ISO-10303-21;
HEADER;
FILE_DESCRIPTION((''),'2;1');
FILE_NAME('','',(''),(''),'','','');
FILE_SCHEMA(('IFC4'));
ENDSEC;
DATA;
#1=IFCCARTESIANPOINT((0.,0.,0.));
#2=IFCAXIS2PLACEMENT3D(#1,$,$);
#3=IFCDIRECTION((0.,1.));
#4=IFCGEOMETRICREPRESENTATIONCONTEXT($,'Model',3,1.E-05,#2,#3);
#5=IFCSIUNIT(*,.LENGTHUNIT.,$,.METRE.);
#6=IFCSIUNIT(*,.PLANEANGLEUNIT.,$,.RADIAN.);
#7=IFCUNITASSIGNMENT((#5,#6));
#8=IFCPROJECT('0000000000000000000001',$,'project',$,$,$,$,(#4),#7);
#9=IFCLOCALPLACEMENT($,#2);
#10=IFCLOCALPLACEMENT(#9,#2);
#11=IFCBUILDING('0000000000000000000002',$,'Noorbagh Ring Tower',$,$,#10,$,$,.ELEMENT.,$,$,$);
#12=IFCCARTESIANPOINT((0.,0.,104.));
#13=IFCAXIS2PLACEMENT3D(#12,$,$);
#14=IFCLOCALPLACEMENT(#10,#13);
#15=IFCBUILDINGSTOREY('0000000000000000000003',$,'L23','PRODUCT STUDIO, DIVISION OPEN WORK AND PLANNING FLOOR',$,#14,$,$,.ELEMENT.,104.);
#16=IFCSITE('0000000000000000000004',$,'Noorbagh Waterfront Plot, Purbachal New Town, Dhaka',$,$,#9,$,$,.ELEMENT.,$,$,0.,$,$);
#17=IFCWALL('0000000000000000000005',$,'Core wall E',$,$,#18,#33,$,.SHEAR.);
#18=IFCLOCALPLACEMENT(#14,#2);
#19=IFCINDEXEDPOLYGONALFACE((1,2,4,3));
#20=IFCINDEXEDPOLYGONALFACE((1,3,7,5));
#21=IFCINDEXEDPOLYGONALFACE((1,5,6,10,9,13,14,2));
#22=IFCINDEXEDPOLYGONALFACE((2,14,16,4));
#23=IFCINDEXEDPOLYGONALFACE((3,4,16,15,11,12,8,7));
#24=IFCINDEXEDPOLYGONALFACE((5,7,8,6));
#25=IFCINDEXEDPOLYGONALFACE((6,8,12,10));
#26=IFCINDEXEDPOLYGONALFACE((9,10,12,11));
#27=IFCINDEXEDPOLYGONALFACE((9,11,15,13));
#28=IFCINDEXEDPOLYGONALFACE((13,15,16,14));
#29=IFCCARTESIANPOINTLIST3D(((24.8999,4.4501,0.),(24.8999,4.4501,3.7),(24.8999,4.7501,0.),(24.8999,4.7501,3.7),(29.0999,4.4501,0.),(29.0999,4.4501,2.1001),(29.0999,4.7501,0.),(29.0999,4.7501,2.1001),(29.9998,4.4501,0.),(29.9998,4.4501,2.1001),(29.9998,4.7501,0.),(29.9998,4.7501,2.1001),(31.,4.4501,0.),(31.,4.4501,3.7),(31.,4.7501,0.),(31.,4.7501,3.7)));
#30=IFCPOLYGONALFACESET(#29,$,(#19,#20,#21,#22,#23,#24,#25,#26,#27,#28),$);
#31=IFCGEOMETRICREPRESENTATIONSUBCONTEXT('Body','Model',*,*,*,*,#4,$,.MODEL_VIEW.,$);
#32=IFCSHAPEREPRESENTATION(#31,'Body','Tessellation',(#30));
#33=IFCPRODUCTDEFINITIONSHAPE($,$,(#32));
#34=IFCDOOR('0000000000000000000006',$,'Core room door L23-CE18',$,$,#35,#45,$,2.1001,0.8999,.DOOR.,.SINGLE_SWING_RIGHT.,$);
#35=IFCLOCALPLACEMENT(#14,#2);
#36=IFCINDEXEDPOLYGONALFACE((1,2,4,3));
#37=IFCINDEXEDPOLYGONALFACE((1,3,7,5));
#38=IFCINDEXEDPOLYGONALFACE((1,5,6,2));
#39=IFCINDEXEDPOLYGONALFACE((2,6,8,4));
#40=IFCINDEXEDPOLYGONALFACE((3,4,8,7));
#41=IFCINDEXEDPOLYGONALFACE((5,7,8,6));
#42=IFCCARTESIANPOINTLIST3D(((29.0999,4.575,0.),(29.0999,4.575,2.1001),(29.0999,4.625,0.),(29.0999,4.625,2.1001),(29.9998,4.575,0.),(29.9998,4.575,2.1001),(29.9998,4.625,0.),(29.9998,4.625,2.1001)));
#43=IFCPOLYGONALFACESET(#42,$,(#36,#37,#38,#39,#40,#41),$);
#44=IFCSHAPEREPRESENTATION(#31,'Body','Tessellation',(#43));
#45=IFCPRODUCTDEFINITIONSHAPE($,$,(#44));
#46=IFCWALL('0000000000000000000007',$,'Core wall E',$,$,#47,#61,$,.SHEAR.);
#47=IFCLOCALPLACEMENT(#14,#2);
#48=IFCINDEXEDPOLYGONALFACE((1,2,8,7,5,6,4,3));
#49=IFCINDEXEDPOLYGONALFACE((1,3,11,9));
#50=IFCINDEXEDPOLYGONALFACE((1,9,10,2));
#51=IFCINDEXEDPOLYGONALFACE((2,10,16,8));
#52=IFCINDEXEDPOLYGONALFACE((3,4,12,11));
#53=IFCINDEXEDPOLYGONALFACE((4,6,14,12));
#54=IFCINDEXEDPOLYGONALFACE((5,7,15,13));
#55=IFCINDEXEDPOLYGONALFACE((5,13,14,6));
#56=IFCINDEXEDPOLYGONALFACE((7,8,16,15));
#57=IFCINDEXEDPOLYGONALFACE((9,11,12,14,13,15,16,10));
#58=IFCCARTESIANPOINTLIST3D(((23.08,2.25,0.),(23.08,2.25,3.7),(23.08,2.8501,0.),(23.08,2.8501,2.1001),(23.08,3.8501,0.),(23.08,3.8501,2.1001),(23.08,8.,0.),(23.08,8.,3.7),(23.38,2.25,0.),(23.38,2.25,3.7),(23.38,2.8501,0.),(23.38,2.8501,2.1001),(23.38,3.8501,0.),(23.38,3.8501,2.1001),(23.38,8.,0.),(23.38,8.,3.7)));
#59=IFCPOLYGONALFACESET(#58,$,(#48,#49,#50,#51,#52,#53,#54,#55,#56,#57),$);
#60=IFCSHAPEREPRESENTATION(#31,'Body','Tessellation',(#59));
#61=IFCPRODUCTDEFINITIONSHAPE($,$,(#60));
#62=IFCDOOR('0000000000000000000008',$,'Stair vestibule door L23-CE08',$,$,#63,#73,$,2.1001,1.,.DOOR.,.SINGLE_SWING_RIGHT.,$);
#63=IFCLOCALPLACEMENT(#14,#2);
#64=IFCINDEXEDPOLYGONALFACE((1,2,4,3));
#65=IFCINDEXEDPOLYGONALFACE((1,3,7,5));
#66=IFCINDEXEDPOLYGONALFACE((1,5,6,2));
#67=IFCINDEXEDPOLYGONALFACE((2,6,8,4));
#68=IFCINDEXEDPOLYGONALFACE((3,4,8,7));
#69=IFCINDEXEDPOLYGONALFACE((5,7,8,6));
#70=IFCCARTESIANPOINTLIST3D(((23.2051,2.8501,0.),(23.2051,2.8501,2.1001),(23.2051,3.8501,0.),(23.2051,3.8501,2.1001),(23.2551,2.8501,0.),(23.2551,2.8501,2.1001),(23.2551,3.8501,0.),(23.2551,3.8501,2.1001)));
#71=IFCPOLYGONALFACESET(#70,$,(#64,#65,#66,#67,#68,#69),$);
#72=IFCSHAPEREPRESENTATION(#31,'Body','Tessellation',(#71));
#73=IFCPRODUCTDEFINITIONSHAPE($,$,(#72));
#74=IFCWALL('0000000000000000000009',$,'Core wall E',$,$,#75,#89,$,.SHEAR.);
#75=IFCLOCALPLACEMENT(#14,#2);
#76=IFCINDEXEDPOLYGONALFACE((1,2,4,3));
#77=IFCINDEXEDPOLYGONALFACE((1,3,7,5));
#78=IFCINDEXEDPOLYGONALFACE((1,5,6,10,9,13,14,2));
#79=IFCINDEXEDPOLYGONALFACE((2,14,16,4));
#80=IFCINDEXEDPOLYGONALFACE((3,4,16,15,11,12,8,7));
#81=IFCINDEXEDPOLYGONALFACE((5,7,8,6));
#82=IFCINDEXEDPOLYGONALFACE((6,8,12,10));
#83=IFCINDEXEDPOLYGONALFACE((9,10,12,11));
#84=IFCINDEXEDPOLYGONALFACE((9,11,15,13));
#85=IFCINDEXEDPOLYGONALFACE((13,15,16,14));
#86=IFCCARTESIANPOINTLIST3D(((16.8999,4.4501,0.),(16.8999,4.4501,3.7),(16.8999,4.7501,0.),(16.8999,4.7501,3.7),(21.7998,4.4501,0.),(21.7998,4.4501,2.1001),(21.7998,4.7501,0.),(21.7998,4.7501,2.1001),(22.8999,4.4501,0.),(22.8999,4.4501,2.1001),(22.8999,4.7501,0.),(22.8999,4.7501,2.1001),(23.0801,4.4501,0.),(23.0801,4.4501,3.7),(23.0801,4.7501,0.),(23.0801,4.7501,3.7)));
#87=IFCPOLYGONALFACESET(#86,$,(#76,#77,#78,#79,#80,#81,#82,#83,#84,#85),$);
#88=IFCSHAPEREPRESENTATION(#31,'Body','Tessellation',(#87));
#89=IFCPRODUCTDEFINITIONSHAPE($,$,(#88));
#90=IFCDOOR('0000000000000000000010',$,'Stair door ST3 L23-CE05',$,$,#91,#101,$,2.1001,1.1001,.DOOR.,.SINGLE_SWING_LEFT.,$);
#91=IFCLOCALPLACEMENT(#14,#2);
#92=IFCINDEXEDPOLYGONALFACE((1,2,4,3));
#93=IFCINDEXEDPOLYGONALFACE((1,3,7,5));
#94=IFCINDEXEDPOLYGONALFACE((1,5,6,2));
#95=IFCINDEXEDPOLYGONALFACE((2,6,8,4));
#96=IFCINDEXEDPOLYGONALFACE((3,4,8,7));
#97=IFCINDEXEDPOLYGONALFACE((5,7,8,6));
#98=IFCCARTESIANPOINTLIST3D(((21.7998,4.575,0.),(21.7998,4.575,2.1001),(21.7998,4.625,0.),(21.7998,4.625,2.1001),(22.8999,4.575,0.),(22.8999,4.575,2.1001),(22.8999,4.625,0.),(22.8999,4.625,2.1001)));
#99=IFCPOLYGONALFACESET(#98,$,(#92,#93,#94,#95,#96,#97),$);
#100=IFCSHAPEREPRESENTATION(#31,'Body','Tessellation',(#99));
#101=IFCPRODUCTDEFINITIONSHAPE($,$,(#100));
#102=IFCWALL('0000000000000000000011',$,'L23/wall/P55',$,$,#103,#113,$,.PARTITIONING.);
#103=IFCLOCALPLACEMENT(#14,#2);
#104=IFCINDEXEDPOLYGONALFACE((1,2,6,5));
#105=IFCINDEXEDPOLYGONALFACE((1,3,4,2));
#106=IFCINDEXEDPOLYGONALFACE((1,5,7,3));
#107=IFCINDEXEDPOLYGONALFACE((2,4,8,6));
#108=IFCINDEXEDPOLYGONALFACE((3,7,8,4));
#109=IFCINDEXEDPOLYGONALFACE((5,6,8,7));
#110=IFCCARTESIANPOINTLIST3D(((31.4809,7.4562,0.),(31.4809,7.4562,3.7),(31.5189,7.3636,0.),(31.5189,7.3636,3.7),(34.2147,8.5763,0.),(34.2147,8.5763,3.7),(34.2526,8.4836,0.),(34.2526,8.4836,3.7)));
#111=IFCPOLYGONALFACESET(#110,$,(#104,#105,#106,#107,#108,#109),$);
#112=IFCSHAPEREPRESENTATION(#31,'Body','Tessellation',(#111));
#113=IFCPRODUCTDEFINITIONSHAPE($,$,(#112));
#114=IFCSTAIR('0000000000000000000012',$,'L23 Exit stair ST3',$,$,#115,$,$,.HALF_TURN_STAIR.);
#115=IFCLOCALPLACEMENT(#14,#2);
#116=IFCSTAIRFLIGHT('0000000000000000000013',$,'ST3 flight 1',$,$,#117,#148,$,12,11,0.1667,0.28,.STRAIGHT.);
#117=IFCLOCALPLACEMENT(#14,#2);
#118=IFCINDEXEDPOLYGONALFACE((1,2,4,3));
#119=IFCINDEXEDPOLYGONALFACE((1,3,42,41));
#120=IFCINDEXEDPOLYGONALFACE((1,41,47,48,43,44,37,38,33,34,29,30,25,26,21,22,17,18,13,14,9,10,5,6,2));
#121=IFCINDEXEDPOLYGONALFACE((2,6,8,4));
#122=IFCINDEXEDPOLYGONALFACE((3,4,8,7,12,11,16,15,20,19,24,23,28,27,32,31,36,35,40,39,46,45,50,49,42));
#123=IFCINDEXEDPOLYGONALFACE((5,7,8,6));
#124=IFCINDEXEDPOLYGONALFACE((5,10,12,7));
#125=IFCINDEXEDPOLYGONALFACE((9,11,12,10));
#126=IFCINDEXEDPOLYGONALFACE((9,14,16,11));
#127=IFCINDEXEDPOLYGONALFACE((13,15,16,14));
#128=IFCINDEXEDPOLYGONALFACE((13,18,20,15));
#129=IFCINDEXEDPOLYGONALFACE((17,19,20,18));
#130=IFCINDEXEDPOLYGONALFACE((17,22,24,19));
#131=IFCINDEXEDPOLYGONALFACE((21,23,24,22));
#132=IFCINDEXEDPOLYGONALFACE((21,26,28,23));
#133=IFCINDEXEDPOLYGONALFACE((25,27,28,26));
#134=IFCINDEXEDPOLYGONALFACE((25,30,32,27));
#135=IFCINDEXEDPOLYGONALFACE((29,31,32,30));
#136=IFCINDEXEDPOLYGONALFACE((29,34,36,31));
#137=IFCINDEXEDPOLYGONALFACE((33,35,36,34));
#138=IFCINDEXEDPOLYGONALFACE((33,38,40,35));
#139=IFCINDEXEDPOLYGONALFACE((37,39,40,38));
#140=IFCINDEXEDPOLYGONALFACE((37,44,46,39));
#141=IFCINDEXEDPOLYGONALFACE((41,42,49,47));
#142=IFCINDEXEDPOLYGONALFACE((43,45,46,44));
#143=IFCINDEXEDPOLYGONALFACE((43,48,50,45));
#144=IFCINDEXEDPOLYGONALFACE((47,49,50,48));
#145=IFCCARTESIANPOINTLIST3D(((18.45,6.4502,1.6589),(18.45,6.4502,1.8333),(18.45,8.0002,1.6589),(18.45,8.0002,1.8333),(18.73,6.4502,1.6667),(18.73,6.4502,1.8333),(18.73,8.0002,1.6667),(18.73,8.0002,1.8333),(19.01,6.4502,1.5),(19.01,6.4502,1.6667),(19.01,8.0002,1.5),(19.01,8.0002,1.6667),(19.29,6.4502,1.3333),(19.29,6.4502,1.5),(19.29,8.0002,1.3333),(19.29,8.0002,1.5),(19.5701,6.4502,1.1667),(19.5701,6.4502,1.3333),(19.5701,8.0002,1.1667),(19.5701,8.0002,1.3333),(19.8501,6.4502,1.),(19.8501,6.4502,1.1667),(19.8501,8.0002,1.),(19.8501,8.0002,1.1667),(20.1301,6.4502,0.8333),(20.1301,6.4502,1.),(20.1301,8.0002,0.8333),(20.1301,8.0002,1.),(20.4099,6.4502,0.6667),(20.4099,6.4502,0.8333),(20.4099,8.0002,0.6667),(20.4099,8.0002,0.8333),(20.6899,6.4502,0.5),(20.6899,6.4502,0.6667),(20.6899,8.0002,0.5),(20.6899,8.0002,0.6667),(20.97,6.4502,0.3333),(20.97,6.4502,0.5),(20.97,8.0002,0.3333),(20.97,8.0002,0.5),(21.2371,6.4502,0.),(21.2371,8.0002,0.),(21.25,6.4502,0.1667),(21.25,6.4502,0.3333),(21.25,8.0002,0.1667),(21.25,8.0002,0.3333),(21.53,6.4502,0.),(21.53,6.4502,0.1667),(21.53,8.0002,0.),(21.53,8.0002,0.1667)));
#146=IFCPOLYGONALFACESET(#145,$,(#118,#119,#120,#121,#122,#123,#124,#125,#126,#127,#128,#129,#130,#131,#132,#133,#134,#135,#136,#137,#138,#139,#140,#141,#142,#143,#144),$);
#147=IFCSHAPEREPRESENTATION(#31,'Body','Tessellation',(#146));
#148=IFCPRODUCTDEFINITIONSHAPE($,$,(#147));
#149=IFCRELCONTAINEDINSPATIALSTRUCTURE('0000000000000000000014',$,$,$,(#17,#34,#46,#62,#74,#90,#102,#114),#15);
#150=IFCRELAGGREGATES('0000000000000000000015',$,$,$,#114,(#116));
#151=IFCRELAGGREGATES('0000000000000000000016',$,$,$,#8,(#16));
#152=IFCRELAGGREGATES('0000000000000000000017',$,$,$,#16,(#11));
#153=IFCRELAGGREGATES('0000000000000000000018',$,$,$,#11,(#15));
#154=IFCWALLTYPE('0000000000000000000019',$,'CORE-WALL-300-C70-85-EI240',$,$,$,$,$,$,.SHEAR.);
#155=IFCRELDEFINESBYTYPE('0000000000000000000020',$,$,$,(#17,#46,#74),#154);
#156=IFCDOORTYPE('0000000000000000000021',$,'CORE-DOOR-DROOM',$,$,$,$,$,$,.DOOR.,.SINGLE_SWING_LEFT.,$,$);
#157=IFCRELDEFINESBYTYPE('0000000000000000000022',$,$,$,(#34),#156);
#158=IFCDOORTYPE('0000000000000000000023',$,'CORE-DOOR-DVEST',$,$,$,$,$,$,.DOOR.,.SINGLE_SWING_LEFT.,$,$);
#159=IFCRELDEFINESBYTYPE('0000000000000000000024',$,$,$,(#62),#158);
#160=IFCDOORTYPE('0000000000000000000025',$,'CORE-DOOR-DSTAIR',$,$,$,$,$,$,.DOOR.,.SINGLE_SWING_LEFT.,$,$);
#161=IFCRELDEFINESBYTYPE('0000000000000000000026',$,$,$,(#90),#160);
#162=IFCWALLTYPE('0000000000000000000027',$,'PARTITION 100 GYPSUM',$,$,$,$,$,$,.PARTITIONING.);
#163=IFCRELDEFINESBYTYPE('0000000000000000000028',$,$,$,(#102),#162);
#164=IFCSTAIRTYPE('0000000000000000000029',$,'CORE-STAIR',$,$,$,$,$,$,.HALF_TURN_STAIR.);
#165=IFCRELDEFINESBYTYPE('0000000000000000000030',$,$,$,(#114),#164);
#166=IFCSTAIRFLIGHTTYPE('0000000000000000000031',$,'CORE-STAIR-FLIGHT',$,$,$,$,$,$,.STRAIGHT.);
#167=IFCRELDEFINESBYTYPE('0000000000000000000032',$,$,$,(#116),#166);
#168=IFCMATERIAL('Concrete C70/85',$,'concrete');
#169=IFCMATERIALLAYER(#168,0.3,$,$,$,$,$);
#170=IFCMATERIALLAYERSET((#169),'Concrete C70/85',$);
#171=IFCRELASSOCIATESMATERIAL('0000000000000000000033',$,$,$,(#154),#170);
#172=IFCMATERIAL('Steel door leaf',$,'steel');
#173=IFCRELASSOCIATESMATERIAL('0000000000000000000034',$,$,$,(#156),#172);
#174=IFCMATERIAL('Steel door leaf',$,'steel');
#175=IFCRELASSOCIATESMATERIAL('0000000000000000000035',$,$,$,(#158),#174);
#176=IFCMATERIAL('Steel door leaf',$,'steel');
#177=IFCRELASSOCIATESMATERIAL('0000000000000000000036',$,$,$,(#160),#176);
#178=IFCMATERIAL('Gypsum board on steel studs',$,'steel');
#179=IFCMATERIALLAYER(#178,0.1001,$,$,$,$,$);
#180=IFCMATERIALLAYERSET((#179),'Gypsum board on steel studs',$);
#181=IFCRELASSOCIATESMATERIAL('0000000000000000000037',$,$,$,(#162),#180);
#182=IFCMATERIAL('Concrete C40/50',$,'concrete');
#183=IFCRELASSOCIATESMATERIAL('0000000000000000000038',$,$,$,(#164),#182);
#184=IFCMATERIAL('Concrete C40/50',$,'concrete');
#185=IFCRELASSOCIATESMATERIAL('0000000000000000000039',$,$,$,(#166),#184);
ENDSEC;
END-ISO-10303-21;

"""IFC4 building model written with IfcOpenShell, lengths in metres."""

from ifc_helpers import new_model, si_unit, direction, frame, frame_2d, origin, place, context, subcontext, project, spatial, polyline, rectangle, outline, extrude, material, layer, layer_set, type_object, element, fill, aggregate, save


model = new_model("IFC4")

# Units and contexts
model_context = context("Model", 3, precision=1e-05, world=origin(), true_north=direction((0.0, 1.0)))
body_context = subcontext(model_context, "Body", "Model", "MODEL_VIEW")
ifc_project = project(units=[si_unit("LENGTHUNIT", "METRE"), si_unit("PLANEANGLEUNIT", "RADIAN")], contexts=[model_context])

# Site, building, storey
site_placement = place(None, origin())
site = spatial("IfcSite", under=ifc_project, at=site_placement, Name="Noorbagh Waterfront Plot, Purbachal New Town, Dhaka", CompositionType="ELEMENT", RefElevation=0.0)
building_placement = place(site_placement, origin())
building = spatial("IfcBuilding", under=site, at=building_placement, Name="Noorbagh Ring Tower", CompositionType="ELEMENT")
storey_placement = place(building_placement, frame((0.0, 0.0, 104.0)))
storey = spatial("IfcBuildingStorey", under=building, at=storey_placement, Name="L23", Description="PRODUCT STUDIO, DIVISION OPEN WORK AND PLANNING FLOOR", CompositionType="ELEMENT", Elevation=104.0)

# Walls, openings, doors
ifc_material_1 = material(Name="Concrete C70/85", Category="concrete")
ifc_layer_1 = layer(ifc_material_1, 0.3)
ifc_layer_set_1 = layer_set([ifc_layer_1], Name="Concrete C70/85")
wall_type_1 = type_object("IfcWallType", Name="CORE-WALL-300-C70-85-EI240", PredefinedType="SHEAR", material=ifc_layer_set_1)
wall_1_placement = place(storey_placement, frame((24.8999, 4.6001, 0.0), z_axis=(0.0, 0.0, 1.0), x_axis=(1.0, 0.0, 0.0)))
wall_1 = element("IfcWall", 1, at=wall_1_placement, inside=storey, type_object=wall_type_1, Name="Core wall E", PredefinedType="SHEAR", context=body_context, shape_type="SweptSolid", body=[
    extrude(rectangle(XDim=6.1001, YDim=0.3, at=frame_2d((3.05, 0.0))), origin(), (0.0, 0.0, 1.0), 3.7),
])
opening_1_placement = place(wall_1_placement, frame((4.2, 0.0, 0.0)))
opening_1 = element("IfcOpeningElement", 2, at=opening_1_placement, cuts=wall_1, PredefinedType="OPENING", context=body_context, shape_type="SweptSolid", body=[
    extrude(rectangle(XDim=0.8999, YDim=2.1001, at=frame_2d((0.45, 1.05))), frame((0.0, 0.1602, 0.0), z_axis=(0.0, -1.0, 0.0), x_axis=(1.0, 0.0, 0.0)), (0.0, 0.0, 1.0), 0.3201),
])
ifc_material_2 = material(Name="Steel door leaf", Category="steel")
door_type_1 = type_object("IfcDoorType", Name="CORE-DOOR-DROOM", OperationType="SINGLE_SWING_LEFT", PredefinedType="DOOR", material=ifc_material_2)
door_1_placement = place(opening_1_placement, origin())
door_1 = element("IfcDoor", 3, at=door_1_placement, inside=storey, type_object=door_type_1, Name="Core room door L23-CE18", OperationType="SINGLE_SWING_RIGHT", OverallHeight=2.1001, OverallWidth=0.8999, PredefinedType="DOOR", context=body_context, shape_type="SweptSolid", body=[
    extrude(rectangle(XDim=0.8999, YDim=2.1001, at=frame_2d((0.45, 1.05))), frame((0.0, 0.0249, 0.0), z_axis=(0.0, -1.0, 0.0), x_axis=(1.0, 0.0, 0.0)), (0.0, 0.0, 1.0), 0.05),
])
fill(opening_1, door_1)
wall_2_placement = place(storey_placement, frame((23.23, 2.25, 0.0), z_axis=(0.0, 0.0, 1.0), x_axis=(0.0, 1.0, 0.0)))
wall_2 = element("IfcWall", 4, at=wall_2_placement, inside=storey, type_object=wall_type_1, Name="Core wall E", PredefinedType="SHEAR", context=body_context, shape_type="SweptSolid", body=[
    extrude(rectangle(XDim=5.75, YDim=0.3, at=frame_2d((2.875, 0.0))), origin(), (0.0, 0.0, 1.0), 3.7),
])
opening_2_placement = place(wall_2_placement, frame((0.6001, 0.0, 0.0)))
opening_2 = element("IfcOpeningElement", 5, at=opening_2_placement, cuts=wall_2, PredefinedType="OPENING", context=body_context, shape_type="SweptSolid", body=[
    extrude(rectangle(XDim=1.0, YDim=2.1001, at=frame_2d((0.5, 1.05))), frame((0.0, 0.1602, 0.0), z_axis=(0.0, -1.0, 0.0), x_axis=(1.0, 0.0, 0.0)), (0.0, 0.0, 1.0), 0.3201),
])
ifc_material_3 = material(Name="Steel door leaf", Category="steel")
door_type_2 = type_object("IfcDoorType", Name="CORE-DOOR-DVEST", OperationType="SINGLE_SWING_LEFT", PredefinedType="DOOR", material=ifc_material_3)
door_2_placement = place(opening_2_placement, origin())
door_2 = element("IfcDoor", 6, at=door_2_placement, inside=storey, type_object=door_type_2, Name="Stair vestibule door L23-CE08", OperationType="SINGLE_SWING_RIGHT", OverallHeight=2.1001, OverallWidth=1.0, PredefinedType="DOOR", context=body_context, shape_type="SweptSolid", body=[
    extrude(rectangle(XDim=1.0, YDim=2.1001, at=frame_2d((0.5, 1.05))), frame((0.0, 0.0249, 0.0), z_axis=(0.0, -1.0, 0.0), x_axis=(1.0, 0.0, 0.0)), (0.0, 0.0, 1.0), 0.05),
])
fill(opening_2, door_2)
wall_3_placement = place(storey_placement, frame((16.8999, 4.6001, 0.0), z_axis=(0.0, 0.0, 1.0), x_axis=(1.0, 0.0, 0.0)))
wall_3 = element("IfcWall", 7, at=wall_3_placement, inside=storey, type_object=wall_type_1, Name="Core wall E", PredefinedType="SHEAR", context=body_context, shape_type="SweptSolid", body=[
    extrude(rectangle(XDim=6.1802, YDim=0.3, at=frame_2d((3.0901, 0.0))), origin(), (0.0, 0.0, 1.0), 3.7),
])
opening_3_placement = place(wall_3_placement, frame((4.8999, 0.0, 0.0)))
opening_3 = element("IfcOpeningElement", 8, at=opening_3_placement, cuts=wall_3, PredefinedType="OPENING", context=body_context, shape_type="SweptSolid", body=[
    extrude(rectangle(XDim=1.1001, YDim=2.1001, at=frame_2d((0.55, 1.05))), frame((0.0, 0.1602, 0.0), z_axis=(0.0, -1.0, 0.0), x_axis=(1.0, 0.0, 0.0)), (0.0, 0.0, 1.0), 0.3201),
])
ifc_material_4 = material(Name="Steel door leaf", Category="steel")
door_type_3 = type_object("IfcDoorType", Name="CORE-DOOR-DSTAIR", OperationType="SINGLE_SWING_LEFT", PredefinedType="DOOR", material=ifc_material_4)
door_3_placement = place(opening_3_placement, origin())
door_3 = element("IfcDoor", 9, at=door_3_placement, inside=storey, type_object=door_type_3, Name="Stair door ST3 L23-CE05", OperationType="SINGLE_SWING_LEFT", OverallHeight=2.1001, OverallWidth=1.1001, PredefinedType="DOOR", context=body_context, shape_type="SweptSolid", body=[
    extrude(rectangle(XDim=1.1001, YDim=2.1001, at=frame_2d((0.55, 1.05))), frame((0.0, 0.0249, 0.0), z_axis=(0.0, -1.0, 0.0), x_axis=(1.0, 0.0, 0.0)), (0.0, 0.0, 1.0), 0.05),
])
fill(opening_3, door_3)

# Wall
ifc_material_5 = material(Name="Gypsum board on steel studs", Category="steel")
ifc_layer_2 = layer(ifc_material_5, 0.1001)
ifc_layer_set_2 = layer_set([ifc_layer_2], Name="Gypsum board on steel studs")
wall_type_2 = type_object("IfcWallType", Name="PARTITION 100 GYPSUM", PredefinedType="PARTITIONING", material=ifc_layer_set_2)
wall_4_placement = place(storey_placement, frame((31.5, 7.4099, 0.0), z_axis=(0.0, 0.0, 1.0), x_axis=(0.925344, 0.379128, 0.0)))
element("IfcWall", 10, at=wall_4_placement, inside=storey, type_object=wall_type_2, Name="L23/wall/P55", PredefinedType="PARTITIONING", context=body_context, shape_type="SweptSolid", body=[
    extrude(rectangle(XDim=2.9543, YDim=0.1001, at=frame_2d((1.4771, 0.0))), origin(), (0.0, 0.0, 1.0), 3.7),
])

# Stair, stair flight
ifc_material_6 = material(Name="Concrete C40/50", Category="concrete")
stair_type = type_object("IfcStairType", Name="CORE-STAIR", PredefinedType="HALF_TURN_STAIR", material=ifc_material_6)
stair_placement = place(storey_placement, origin())
stair = element("IfcStair", 11, at=stair_placement, inside=storey, type_object=stair_type, Name="L23 Exit stair ST3", PredefinedType="HALF_TURN_STAIR")
ifc_material_7 = material(Name="Concrete C40/50", Category="concrete")
stair_flight_type = type_object("IfcStairFlightType", Name="CORE-STAIR-FLIGHT", PredefinedType="STRAIGHT", material=ifc_material_7)
stair_flight_1_placement = place(storey_placement, frame((21.53, 7.2251, 0.0), z_axis=(0.0, 0.0, 1.0), x_axis=(-1.0, 0.0, 0.0)))
stair_flight_1 = element("IfcStairFlight", 12, at=stair_flight_1_placement, type_object=stair_flight_type, Name="ST3 flight 1", NumberOfRisers=12, NumberOfTreads=11, PredefinedType="STRAIGHT", RiserHeight=0.1667, TreadLength=0.28, context=body_context, shape_type="SweptSolid", body=[
    extrude(outline(polyline([(0.0, 0.0), (0.0, 0.1667), (0.28, 0.1667), (0.28, 0.3333), (0.5601, 0.3333), (0.5601, 0.5), (0.8401, 0.5), (0.8401, 0.6667), (1.1201, 0.6667), (1.1201, 0.8333), (1.3999, 0.8333), (1.3999, 1.0), (1.6799, 1.0), (1.6799, 1.1667), (1.96, 1.1667), (1.96, 1.3333), (2.24, 1.3333), (2.24, 1.5), (2.52, 1.5), (2.52, 1.6667), (2.8, 1.6667), (2.8, 1.8333), (3.0801, 1.8333), (3.0801, 2.0), (3.0801, 1.6589), (0.293, 0.0), (0.0, 0.0)])), frame((0.0, 0.7749, 0.0), z_axis=(0.0, -1.0, 0.0), x_axis=(1.0, 0.0, 0.0)), (0.0, 0.0, 1.0), 1.55),
])
aggregate(stair, [stair_flight_1])

save(model, "model.ifc")
